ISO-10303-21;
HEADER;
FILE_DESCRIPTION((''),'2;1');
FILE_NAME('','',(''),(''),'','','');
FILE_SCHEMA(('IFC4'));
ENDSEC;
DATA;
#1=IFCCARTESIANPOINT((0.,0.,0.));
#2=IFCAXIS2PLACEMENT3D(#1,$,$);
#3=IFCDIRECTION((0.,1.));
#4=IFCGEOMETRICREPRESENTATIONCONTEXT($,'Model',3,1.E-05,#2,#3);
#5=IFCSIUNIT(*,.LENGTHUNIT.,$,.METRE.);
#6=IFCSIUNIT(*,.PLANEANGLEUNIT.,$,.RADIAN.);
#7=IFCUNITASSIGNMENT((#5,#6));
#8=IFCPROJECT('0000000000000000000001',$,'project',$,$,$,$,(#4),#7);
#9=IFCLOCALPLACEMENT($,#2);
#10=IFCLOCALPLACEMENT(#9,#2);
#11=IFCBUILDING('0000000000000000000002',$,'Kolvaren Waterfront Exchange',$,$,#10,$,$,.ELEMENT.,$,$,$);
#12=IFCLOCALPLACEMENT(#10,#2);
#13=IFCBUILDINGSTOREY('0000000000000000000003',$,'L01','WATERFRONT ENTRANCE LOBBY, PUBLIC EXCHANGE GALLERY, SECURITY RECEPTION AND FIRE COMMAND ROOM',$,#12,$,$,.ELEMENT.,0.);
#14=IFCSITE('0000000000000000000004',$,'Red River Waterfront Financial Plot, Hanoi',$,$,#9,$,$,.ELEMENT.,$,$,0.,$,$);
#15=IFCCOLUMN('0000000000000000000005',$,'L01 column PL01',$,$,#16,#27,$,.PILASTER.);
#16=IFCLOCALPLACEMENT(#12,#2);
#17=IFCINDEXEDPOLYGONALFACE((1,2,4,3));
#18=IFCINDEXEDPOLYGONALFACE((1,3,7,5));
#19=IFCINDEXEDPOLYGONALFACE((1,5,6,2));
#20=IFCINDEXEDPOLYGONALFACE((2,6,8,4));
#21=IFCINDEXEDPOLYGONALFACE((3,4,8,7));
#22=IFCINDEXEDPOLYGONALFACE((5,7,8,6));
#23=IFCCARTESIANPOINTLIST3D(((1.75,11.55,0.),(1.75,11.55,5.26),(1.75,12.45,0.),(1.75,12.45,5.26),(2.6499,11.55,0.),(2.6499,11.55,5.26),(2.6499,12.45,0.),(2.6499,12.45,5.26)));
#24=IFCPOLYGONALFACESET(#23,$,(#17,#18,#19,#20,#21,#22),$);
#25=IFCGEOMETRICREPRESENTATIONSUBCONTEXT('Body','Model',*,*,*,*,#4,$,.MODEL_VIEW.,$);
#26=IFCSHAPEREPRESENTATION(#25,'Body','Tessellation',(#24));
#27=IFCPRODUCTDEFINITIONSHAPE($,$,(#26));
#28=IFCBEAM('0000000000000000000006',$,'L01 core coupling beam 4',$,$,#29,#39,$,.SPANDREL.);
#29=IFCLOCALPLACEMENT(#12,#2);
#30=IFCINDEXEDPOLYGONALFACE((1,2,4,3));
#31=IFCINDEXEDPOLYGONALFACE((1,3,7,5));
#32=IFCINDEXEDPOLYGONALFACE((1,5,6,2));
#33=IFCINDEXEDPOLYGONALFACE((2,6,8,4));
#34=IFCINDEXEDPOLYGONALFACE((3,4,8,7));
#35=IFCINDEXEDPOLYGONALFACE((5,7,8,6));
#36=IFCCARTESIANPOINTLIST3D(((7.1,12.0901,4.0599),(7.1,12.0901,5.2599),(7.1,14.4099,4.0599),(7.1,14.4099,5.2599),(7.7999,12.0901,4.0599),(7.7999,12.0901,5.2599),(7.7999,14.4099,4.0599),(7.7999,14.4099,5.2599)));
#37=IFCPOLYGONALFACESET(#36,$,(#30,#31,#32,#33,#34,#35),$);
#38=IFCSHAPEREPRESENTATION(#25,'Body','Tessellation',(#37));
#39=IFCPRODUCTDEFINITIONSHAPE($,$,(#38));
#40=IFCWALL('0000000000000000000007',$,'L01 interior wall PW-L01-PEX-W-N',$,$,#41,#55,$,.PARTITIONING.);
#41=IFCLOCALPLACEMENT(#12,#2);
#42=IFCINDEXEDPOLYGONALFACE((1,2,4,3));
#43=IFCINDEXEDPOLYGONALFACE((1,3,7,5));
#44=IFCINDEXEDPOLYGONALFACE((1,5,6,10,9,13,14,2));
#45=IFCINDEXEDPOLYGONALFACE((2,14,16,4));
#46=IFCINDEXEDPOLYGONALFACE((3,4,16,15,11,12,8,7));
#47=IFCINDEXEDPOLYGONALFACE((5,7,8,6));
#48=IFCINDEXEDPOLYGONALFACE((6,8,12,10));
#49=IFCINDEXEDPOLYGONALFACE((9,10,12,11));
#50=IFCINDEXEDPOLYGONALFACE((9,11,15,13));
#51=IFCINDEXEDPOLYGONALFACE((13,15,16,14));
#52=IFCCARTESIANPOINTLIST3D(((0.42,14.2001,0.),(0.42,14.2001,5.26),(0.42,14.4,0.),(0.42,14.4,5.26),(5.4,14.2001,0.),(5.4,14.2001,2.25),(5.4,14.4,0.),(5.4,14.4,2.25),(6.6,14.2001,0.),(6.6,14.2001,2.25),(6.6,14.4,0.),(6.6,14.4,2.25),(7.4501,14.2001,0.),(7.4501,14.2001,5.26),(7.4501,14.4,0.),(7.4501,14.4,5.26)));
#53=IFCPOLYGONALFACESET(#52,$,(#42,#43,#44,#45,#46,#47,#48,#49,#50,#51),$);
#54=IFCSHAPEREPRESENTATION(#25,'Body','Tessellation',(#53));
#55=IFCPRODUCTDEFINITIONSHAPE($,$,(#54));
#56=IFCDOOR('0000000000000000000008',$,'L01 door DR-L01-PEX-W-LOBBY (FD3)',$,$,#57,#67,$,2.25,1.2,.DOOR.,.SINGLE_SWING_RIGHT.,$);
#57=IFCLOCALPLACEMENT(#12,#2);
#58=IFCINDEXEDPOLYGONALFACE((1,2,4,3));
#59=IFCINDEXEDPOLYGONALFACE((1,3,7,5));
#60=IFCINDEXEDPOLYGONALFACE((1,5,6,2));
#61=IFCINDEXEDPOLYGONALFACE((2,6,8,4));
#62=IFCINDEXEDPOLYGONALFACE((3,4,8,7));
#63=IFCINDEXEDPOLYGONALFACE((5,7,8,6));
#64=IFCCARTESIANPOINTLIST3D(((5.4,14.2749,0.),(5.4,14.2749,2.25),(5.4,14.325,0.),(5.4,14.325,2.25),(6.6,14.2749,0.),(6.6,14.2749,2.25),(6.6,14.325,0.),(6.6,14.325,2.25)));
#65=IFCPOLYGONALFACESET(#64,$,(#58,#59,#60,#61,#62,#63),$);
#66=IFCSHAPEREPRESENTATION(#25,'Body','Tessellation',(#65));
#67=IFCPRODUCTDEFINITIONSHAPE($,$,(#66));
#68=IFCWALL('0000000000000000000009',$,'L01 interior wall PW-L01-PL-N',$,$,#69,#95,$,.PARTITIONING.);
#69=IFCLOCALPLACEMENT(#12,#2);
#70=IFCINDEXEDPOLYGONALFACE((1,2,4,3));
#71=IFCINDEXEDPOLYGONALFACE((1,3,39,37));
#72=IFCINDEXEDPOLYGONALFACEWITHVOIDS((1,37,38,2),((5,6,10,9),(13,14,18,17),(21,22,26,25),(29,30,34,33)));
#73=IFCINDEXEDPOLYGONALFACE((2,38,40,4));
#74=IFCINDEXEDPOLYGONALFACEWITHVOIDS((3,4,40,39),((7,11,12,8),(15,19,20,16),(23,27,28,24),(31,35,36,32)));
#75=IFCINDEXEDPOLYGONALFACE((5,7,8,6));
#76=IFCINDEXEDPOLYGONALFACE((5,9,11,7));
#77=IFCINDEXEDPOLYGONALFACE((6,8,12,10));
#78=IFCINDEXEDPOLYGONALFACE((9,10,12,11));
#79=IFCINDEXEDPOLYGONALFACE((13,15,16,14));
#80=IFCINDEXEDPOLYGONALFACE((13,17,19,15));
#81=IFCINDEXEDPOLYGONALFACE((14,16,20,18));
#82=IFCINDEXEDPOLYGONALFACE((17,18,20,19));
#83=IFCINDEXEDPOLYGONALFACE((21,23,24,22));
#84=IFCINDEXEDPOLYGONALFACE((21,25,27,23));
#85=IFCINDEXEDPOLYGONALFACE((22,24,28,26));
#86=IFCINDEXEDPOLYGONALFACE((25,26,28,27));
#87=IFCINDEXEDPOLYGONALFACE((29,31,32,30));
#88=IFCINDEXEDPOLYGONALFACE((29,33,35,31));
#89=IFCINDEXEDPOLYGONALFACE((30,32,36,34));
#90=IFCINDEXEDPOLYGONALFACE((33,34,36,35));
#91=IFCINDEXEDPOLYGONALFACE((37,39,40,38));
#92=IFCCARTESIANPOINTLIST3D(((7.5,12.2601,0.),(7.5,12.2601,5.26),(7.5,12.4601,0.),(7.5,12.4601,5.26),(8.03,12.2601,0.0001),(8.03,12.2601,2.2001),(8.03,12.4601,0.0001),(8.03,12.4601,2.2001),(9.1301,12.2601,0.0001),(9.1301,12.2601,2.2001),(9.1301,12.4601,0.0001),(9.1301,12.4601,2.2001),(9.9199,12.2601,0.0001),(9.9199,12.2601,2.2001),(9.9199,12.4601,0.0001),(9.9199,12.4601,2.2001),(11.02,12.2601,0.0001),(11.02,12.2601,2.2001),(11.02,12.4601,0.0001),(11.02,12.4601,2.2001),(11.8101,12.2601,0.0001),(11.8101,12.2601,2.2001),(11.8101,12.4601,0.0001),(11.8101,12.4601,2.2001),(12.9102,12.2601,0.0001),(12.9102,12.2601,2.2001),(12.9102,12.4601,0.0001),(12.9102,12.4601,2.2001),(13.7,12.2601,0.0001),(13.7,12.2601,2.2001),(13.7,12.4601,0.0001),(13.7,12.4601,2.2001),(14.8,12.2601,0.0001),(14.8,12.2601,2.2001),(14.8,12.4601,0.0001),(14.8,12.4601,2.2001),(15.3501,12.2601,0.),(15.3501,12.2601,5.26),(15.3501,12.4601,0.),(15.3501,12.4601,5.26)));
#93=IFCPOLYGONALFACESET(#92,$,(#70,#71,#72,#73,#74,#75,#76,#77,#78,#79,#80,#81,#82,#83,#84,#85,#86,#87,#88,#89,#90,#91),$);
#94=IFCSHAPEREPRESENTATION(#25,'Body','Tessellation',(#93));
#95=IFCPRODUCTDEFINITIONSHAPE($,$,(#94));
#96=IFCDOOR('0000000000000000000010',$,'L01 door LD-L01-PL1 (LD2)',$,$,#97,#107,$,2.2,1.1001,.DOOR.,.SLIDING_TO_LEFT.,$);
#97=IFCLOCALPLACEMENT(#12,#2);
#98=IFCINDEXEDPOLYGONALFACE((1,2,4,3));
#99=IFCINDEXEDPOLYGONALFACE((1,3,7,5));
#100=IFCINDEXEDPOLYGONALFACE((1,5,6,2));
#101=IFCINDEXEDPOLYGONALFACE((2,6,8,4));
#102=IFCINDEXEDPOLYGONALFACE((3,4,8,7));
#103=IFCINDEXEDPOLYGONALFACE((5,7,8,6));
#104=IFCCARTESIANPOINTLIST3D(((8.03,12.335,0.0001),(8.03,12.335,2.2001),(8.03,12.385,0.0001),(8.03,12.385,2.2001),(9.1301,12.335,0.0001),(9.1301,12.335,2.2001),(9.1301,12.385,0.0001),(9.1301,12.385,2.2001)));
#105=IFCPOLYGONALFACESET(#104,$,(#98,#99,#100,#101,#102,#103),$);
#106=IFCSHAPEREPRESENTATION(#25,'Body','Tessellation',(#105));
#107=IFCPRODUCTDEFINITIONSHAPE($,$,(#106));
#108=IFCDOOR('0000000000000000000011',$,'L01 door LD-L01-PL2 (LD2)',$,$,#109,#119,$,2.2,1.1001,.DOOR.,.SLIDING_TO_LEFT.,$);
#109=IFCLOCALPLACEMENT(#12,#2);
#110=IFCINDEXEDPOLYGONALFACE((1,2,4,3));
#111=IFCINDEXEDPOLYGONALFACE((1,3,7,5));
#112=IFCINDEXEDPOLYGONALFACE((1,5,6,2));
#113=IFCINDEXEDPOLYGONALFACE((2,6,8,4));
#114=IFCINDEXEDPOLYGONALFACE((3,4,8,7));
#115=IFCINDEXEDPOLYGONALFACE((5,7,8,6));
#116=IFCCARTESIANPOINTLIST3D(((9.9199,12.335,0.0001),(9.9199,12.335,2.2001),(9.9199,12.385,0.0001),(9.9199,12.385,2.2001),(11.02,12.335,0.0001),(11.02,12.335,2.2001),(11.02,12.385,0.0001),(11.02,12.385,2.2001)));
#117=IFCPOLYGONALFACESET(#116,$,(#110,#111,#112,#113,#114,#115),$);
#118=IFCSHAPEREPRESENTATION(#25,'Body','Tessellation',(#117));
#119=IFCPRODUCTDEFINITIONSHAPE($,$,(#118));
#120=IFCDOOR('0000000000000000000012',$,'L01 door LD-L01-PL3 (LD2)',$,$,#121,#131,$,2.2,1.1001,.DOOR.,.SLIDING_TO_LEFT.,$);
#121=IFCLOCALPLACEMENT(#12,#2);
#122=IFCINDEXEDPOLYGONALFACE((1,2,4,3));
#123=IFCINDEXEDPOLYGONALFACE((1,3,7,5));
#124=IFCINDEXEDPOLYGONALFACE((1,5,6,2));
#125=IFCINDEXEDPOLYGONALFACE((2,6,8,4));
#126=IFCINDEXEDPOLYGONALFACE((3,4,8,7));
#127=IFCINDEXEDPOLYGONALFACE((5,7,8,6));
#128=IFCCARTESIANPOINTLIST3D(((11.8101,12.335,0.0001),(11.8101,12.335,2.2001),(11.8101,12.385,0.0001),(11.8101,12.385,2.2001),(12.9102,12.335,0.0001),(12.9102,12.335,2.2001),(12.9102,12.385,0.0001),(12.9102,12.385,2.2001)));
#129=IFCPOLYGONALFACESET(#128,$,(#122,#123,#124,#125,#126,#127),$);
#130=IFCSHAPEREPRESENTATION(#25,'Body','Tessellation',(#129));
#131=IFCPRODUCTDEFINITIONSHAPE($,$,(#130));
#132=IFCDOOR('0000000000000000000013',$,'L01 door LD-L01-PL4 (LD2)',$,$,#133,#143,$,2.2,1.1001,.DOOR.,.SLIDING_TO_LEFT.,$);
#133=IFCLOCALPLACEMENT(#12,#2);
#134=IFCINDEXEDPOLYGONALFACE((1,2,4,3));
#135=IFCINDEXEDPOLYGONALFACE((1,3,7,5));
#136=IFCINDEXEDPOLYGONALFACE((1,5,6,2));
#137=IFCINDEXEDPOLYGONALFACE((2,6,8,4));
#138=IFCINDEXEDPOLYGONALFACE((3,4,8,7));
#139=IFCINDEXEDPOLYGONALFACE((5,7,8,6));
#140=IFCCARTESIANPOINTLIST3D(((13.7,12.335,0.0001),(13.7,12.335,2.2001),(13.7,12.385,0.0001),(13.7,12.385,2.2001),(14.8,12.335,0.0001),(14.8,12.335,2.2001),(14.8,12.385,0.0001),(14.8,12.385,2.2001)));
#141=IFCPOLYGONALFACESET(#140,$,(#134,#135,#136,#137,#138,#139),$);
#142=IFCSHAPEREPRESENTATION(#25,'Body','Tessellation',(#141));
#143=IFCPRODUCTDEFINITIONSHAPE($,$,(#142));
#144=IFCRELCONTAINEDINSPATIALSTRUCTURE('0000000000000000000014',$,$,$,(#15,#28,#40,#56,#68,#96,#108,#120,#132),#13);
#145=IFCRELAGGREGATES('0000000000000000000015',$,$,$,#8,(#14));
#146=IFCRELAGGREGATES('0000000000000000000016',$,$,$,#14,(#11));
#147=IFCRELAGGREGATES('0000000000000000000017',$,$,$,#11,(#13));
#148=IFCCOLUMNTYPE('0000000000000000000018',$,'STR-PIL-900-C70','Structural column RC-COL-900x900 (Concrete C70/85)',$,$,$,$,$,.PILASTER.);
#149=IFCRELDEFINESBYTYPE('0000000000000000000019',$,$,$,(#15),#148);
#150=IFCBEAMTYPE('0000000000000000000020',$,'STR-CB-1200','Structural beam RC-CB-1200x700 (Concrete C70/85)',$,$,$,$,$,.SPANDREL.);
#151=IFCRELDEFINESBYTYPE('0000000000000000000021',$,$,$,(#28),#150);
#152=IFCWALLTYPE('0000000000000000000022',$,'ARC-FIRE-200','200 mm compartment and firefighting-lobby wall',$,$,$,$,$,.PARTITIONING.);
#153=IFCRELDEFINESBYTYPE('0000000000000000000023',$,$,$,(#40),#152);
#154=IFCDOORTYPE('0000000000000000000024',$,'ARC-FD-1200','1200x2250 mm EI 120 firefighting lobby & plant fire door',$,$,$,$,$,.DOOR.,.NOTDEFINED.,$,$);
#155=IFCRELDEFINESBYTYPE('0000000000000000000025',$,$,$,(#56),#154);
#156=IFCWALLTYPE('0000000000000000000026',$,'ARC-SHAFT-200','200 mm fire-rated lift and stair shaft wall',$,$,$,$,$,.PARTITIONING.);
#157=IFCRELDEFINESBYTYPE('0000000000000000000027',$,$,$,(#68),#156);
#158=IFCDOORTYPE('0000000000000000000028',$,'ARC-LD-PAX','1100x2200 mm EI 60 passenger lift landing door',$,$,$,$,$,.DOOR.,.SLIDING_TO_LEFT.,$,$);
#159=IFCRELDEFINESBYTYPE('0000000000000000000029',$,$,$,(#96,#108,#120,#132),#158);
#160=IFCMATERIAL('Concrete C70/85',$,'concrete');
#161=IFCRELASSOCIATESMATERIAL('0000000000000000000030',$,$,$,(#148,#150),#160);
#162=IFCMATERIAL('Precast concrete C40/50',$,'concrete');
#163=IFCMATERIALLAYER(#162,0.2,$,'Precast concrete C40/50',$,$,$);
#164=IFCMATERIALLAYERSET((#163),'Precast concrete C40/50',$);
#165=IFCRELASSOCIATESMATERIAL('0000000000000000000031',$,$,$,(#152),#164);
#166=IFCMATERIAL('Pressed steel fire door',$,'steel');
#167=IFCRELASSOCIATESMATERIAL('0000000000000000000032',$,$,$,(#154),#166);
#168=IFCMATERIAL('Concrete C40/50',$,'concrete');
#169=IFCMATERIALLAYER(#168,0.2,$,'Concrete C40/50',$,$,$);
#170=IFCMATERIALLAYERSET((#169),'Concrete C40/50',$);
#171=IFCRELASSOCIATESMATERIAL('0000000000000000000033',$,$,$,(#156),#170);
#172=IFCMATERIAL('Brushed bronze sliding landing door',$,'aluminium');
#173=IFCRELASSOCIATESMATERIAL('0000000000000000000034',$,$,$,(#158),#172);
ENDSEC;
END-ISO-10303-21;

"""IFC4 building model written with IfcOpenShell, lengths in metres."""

from ifc_helpers import new_model, si_unit, direction, frame, frame_2d, origin, origin_2d, place, context, subcontext, project, spatial, rectangle, extrude, material, layer, layer_set, material_profile, profile_set, type_object, element, fill, save


model = new_model("IFC4")

# Units and contexts
model_context = context("Model", 3, precision=1e-05, world=origin(), true_north=direction((0.0, 1.0)))
body_context = subcontext(model_context, "Body", "Model", "MODEL_VIEW")
ifc_project = project(units=[si_unit("LENGTHUNIT", "METRE"), si_unit("PLANEANGLEUNIT", "RADIAN")], contexts=[model_context])

# Site, building, storey
site_placement = place(None, origin())
site = spatial("IfcSite", under=ifc_project, at=site_placement, Name="Red River Waterfront Financial Plot, Hanoi", CompositionType="ELEMENT", RefElevation=0.0)
building_placement = place(site_placement, origin())
building = spatial("IfcBuilding", under=site, at=building_placement, Name="Kolvaren Waterfront Exchange", CompositionType="ELEMENT")
storey_placement = place(building_placement, origin())
storey = spatial("IfcBuildingStorey", under=building, at=storey_placement, Name="L01", Description="WATERFRONT ENTRANCE LOBBY, PUBLIC EXCHANGE GALLERY, SECURITY RECEPTION AND FIRE COMMAND ROOM", CompositionType="ELEMENT", Elevation=0.0)

# Column
ifc_material_1 = material(Name="Concrete C70/85", Category="concrete")
ifc_material_profile_1 = material_profile(ifc_material_1, rectangle(XDim=0.8999, YDim=0.8999, at=origin_2d()), Name="RC-COL-900x900")
ifc_profile_set_1 = profile_set([ifc_material_profile_1], Name="Concrete C70/85")
column_type = type_object("IfcColumnType", Name="STR-PIL-900-C70", Description="Structural column RC-COL-900x900 (Concrete C70/85)", PredefinedType="PILASTER", material=ifc_profile_set_1)
column_placement = place(storey_placement, frame((2.2, 12.0, 0.0), z_axis=(0.0, 0.0, 1.0), x_axis=(1.0, 0.0, 0.0)))
element("IfcColumn", 1, at=column_placement, inside=storey, type_object=column_type, Name="L01 column PL01", PredefinedType="PILASTER", context=body_context, shape_type="SweptSolid", body=[
    extrude(rectangle(XDim=0.8999, YDim=0.8999, at=origin_2d()), origin(), (0.0, 0.0, 1.0), 5.26),
])

# Beam
ifc_material_profile_2 = material_profile(ifc_material_1, rectangle(XDim=0.7, YDim=1.2, at=origin_2d()), Name="RC-CB-1200x700")
ifc_profile_set_2 = profile_set([ifc_material_profile_2], Name="Concrete C70/85")
beam_type = type_object("IfcBeamType", Name="STR-CB-1200", Description="Structural beam RC-CB-1200x700 (Concrete C70/85)", PredefinedType="SPANDREL", material=ifc_profile_set_2)
beam_placement = place(storey_placement, frame((7.45, 12.0901, 4.6599), z_axis=(0.0, 1.0, 0.0), x_axis=(-1.0, 0.0, 0.0)))
element("IfcBeam", 2, at=beam_placement, inside=storey, type_object=beam_type, Name="L01 core coupling beam 4", PredefinedType="SPANDREL", context=body_context, shape_type="SweptSolid", body=[
    extrude(rectangle(XDim=0.7, YDim=1.2, at=origin_2d()), origin(), (0.0, 0.0, 1.0), 2.3198),
])

# Wall, opening, door
ifc_material_2 = material(Name="Precast concrete C40/50", Category="concrete")
ifc_layer_1 = layer(ifc_material_2, 0.2, Name="Precast concrete C40/50")
ifc_layer_set_1 = layer_set([ifc_layer_1], Name="Precast concrete C40/50")
wall_type_1 = type_object("IfcWallType", Name="ARC-FIRE-200", Description="200 mm compartment and firefighting-lobby wall", PredefinedType="PARTITIONING", material=ifc_layer_set_1)
wall_1_placement = place(storey_placement, frame((0.4199, 14.3, 0.0), z_axis=(0.0, 0.0, 1.0), x_axis=(1.0, 0.0, 0.0)))
wall_1 = element("IfcWall", 3, at=wall_1_placement, inside=storey, type_object=wall_type_1, Name="L01 interior wall PW-L01-PEX-W-N", PredefinedType="PARTITIONING", context=body_context, shape_type="SweptSolid", body=[
    extrude(rectangle(XDim=7.03, YDim=0.2, at=frame_2d((3.5151, 0.0))), origin(), (0.0, 0.0, 1.0), 5.26),
])
opening_1_placement = place(wall_1_placement, frame((4.98, 0.0, 0.0)))
opening_1 = element("IfcOpeningElement", 4, at=opening_1_placement, cuts=wall_1, PredefinedType="OPENING", context=body_context, shape_type="SweptSolid", body=[
    extrude(rectangle(XDim=1.2, YDim=2.25, at=frame_2d((0.6001, 1.125))), frame((0.0, 0.1099, 0.0), z_axis=(0.0, -1.0, 0.0), x_axis=(1.0, 0.0, 0.0)), (0.0, 0.0, 1.0), 0.22),
])
ifc_material_3 = material(Name="Pressed steel fire door", Category="steel")
door_type_1 = type_object("IfcDoorType", Name="ARC-FD-1200", Description="1200x2250 mm EI 120 firefighting lobby & plant fire door", OperationType="NOTDEFINED", PredefinedType="DOOR", material=ifc_material_3)
door_1_placement = place(opening_1_placement, origin())
door_1 = element("IfcDoor", 5, at=door_1_placement, inside=storey, type_object=door_type_1, Name="L01 door DR-L01-PEX-W-LOBBY (FD3)", OperationType="SINGLE_SWING_RIGHT", OverallHeight=2.25, OverallWidth=1.2, PredefinedType="DOOR", context=body_context, shape_type="SweptSolid", body=[
    extrude(rectangle(XDim=1.2, YDim=2.25, at=frame_2d((0.6001, 1.125))), frame((0.0, 0.0249, 0.0), z_axis=(0.0, -1.0, 0.0), x_axis=(1.0, 0.0, 0.0)), (0.0, 0.0, 1.0), 0.05),
])
fill(opening_1, door_1)

# Wall, openings, doors
ifc_material_4 = material(Name="Concrete C40/50", Category="concrete")
ifc_layer_2 = layer(ifc_material_4, 0.2, Name="Concrete C40/50")
ifc_layer_set_2 = layer_set([ifc_layer_2], Name="Concrete C40/50")
wall_type_2 = type_object("IfcWallType", Name="ARC-SHAFT-200", Description="200 mm fire-rated lift and stair shaft wall", PredefinedType="PARTITIONING", material=ifc_layer_set_2)
wall_2_placement = place(storey_placement, frame((7.5, 12.3601, 0.0), z_axis=(0.0, 0.0, 1.0), x_axis=(1.0, 0.0, 0.0)))
wall_2 = element("IfcWall", 6, at=wall_2_placement, inside=storey, type_object=wall_type_2, Name="L01 interior wall PW-L01-PL-N", PredefinedType="PARTITIONING", context=body_context, shape_type="SweptSolid", body=[
    extrude(rectangle(XDim=7.8501, YDim=0.2, at=frame_2d((3.925, 0.0))), origin(), (0.0, 0.0, 1.0), 5.26),
])
opening_2_placement = place(wall_2_placement, frame((0.53, 0.0, 0.0)))
opening_2 = element("IfcOpeningElement", 7, at=opening_2_placement, cuts=wall_2, PredefinedType="OPENING", context=body_context, shape_type="SweptSolid", body=[
    extrude(rectangle(XDim=1.1001, YDim=2.2, at=frame_2d((0.55, 1.1001))), frame((0.0, 0.1099, 0.0), z_axis=(0.0, -1.0, 0.0), x_axis=(1.0, 0.0, 0.0)), (0.0, 0.0, 1.0), 0.22),
])
opening_3_placement = place(wall_2_placement, frame((2.4199, 0.0, 0.0)))
opening_3 = element("IfcOpeningElement", 8, at=opening_3_placement, cuts=wall_2, PredefinedType="OPENING", context=body_context, shape_type="SweptSolid", body=[
    extrude(rectangle(XDim=1.1001, YDim=2.2, at=frame_2d((0.55, 1.1001))), frame((0.0, 0.1099, 0.0), z_axis=(0.0, -1.0, 0.0), x_axis=(1.0, 0.0, 0.0)), (0.0, 0.0, 1.0), 0.22),
])
opening_4_placement = place(wall_2_placement, frame((4.3101, 0.0, 0.0)))
opening_4 = element("IfcOpeningElement", 9, at=opening_4_placement, cuts=wall_2, PredefinedType="OPENING", context=body_context, shape_type="SweptSolid", body=[
    extrude(rectangle(XDim=1.1001, YDim=2.2, at=frame_2d((0.55, 1.1001))), frame((0.0, 0.1099, 0.0), z_axis=(0.0, -1.0, 0.0), x_axis=(1.0, 0.0, 0.0)), (0.0, 0.0, 1.0), 0.22),
])
opening_5_placement = place(wall_2_placement, frame((6.2, 0.0, 0.0)))
opening_5 = element("IfcOpeningElement", 10, at=opening_5_placement, cuts=wall_2, PredefinedType="OPENING", context=body_context, shape_type="SweptSolid", body=[
    extrude(rectangle(XDim=1.1001, YDim=2.2, at=frame_2d((0.55, 1.1001))), frame((0.0, 0.1099, 0.0), z_axis=(0.0, -1.0, 0.0), x_axis=(1.0, 0.0, 0.0)), (0.0, 0.0, 1.0), 0.22),
])
ifc_material_5 = material(Name="Brushed bronze sliding landing door", Category="aluminium")
door_type_2 = type_object("IfcDoorType", Name="ARC-LD-PAX", Description="1100x2200 mm EI 60 passenger lift landing door", OperationType="SLIDING_TO_LEFT", PredefinedType="DOOR", material=ifc_material_5)
door_2_placement = place(opening_2_placement, origin())
door_2 = element("IfcDoor", 11, at=door_2_placement, inside=storey, type_object=door_type_2, Name="L01 door LD-L01-PL1 (LD2)", OperationType="SLIDING_TO_LEFT", OverallHeight=2.2, OverallWidth=1.1001, PredefinedType="DOOR", context=body_context, shape_type="SweptSolid", body=[
    extrude(rectangle(XDim=1.1001, YDim=2.2, at=frame_2d((0.55, 1.1001))), frame((0.0, 0.0249, 0.0), z_axis=(0.0, -1.0, 0.0), x_axis=(1.0, 0.0, 0.0)), (0.0, 0.0, 1.0), 0.05),
])
fill(opening_2, door_2)
door_3_placement = place(opening_3_placement, origin())
door_3 = element("IfcDoor", 12, at=door_3_placement, inside=storey, type_object=door_type_2, Name="L01 door LD-L01-PL2 (LD2)", OperationType="SLIDING_TO_LEFT", OverallHeight=2.2, OverallWidth=1.1001, PredefinedType="DOOR", context=body_context, shape_type="SweptSolid", body=[
    extrude(rectangle(XDim=1.1001, YDim=2.2, at=frame_2d((0.55, 1.1001))), frame((0.0, 0.0249, 0.0), z_axis=(0.0, -1.0, 0.0), x_axis=(1.0, 0.0, 0.0)), (0.0, 0.0, 1.0), 0.05),
])
fill(opening_3, door_3)
door_4_placement = place(opening_4_placement, origin())
door_4 = element("IfcDoor", 13, at=door_4_placement, inside=storey, type_object=door_type_2, Name="L01 door LD-L01-PL3 (LD2)", OperationType="SLIDING_TO_LEFT", OverallHeight=2.2, OverallWidth=1.1001, PredefinedType="DOOR", context=body_context, shape_type="SweptSolid", body=[
    extrude(rectangle(XDim=1.1001, YDim=2.2, at=frame_2d((0.55, 1.1001))), frame((0.0, 0.0249, 0.0), z_axis=(0.0, -1.0, 0.0), x_axis=(1.0, 0.0, 0.0)), (0.0, 0.0, 1.0), 0.05),
])
fill(opening_4, door_4)
door_5_placement = place(opening_5_placement, origin())
door_5 = element("IfcDoor", 14, at=door_5_placement, inside=storey, type_object=door_type_2, Name="L01 door LD-L01-PL4 (LD2)", OperationType="SLIDING_TO_LEFT", OverallHeight=2.2, OverallWidth=1.1001, PredefinedType="DOOR", context=body_context, shape_type="SweptSolid", body=[
    extrude(rectangle(XDim=1.1001, YDim=2.2, at=frame_2d((0.55, 1.1001))), frame((0.0, 0.0249, 0.0), z_axis=(0.0, -1.0, 0.0), x_axis=(1.0, 0.0, 0.0)), (0.0, 0.0, 1.0), 0.05),
])
fill(opening_5, door_5)

save(model, "model.ifc")
